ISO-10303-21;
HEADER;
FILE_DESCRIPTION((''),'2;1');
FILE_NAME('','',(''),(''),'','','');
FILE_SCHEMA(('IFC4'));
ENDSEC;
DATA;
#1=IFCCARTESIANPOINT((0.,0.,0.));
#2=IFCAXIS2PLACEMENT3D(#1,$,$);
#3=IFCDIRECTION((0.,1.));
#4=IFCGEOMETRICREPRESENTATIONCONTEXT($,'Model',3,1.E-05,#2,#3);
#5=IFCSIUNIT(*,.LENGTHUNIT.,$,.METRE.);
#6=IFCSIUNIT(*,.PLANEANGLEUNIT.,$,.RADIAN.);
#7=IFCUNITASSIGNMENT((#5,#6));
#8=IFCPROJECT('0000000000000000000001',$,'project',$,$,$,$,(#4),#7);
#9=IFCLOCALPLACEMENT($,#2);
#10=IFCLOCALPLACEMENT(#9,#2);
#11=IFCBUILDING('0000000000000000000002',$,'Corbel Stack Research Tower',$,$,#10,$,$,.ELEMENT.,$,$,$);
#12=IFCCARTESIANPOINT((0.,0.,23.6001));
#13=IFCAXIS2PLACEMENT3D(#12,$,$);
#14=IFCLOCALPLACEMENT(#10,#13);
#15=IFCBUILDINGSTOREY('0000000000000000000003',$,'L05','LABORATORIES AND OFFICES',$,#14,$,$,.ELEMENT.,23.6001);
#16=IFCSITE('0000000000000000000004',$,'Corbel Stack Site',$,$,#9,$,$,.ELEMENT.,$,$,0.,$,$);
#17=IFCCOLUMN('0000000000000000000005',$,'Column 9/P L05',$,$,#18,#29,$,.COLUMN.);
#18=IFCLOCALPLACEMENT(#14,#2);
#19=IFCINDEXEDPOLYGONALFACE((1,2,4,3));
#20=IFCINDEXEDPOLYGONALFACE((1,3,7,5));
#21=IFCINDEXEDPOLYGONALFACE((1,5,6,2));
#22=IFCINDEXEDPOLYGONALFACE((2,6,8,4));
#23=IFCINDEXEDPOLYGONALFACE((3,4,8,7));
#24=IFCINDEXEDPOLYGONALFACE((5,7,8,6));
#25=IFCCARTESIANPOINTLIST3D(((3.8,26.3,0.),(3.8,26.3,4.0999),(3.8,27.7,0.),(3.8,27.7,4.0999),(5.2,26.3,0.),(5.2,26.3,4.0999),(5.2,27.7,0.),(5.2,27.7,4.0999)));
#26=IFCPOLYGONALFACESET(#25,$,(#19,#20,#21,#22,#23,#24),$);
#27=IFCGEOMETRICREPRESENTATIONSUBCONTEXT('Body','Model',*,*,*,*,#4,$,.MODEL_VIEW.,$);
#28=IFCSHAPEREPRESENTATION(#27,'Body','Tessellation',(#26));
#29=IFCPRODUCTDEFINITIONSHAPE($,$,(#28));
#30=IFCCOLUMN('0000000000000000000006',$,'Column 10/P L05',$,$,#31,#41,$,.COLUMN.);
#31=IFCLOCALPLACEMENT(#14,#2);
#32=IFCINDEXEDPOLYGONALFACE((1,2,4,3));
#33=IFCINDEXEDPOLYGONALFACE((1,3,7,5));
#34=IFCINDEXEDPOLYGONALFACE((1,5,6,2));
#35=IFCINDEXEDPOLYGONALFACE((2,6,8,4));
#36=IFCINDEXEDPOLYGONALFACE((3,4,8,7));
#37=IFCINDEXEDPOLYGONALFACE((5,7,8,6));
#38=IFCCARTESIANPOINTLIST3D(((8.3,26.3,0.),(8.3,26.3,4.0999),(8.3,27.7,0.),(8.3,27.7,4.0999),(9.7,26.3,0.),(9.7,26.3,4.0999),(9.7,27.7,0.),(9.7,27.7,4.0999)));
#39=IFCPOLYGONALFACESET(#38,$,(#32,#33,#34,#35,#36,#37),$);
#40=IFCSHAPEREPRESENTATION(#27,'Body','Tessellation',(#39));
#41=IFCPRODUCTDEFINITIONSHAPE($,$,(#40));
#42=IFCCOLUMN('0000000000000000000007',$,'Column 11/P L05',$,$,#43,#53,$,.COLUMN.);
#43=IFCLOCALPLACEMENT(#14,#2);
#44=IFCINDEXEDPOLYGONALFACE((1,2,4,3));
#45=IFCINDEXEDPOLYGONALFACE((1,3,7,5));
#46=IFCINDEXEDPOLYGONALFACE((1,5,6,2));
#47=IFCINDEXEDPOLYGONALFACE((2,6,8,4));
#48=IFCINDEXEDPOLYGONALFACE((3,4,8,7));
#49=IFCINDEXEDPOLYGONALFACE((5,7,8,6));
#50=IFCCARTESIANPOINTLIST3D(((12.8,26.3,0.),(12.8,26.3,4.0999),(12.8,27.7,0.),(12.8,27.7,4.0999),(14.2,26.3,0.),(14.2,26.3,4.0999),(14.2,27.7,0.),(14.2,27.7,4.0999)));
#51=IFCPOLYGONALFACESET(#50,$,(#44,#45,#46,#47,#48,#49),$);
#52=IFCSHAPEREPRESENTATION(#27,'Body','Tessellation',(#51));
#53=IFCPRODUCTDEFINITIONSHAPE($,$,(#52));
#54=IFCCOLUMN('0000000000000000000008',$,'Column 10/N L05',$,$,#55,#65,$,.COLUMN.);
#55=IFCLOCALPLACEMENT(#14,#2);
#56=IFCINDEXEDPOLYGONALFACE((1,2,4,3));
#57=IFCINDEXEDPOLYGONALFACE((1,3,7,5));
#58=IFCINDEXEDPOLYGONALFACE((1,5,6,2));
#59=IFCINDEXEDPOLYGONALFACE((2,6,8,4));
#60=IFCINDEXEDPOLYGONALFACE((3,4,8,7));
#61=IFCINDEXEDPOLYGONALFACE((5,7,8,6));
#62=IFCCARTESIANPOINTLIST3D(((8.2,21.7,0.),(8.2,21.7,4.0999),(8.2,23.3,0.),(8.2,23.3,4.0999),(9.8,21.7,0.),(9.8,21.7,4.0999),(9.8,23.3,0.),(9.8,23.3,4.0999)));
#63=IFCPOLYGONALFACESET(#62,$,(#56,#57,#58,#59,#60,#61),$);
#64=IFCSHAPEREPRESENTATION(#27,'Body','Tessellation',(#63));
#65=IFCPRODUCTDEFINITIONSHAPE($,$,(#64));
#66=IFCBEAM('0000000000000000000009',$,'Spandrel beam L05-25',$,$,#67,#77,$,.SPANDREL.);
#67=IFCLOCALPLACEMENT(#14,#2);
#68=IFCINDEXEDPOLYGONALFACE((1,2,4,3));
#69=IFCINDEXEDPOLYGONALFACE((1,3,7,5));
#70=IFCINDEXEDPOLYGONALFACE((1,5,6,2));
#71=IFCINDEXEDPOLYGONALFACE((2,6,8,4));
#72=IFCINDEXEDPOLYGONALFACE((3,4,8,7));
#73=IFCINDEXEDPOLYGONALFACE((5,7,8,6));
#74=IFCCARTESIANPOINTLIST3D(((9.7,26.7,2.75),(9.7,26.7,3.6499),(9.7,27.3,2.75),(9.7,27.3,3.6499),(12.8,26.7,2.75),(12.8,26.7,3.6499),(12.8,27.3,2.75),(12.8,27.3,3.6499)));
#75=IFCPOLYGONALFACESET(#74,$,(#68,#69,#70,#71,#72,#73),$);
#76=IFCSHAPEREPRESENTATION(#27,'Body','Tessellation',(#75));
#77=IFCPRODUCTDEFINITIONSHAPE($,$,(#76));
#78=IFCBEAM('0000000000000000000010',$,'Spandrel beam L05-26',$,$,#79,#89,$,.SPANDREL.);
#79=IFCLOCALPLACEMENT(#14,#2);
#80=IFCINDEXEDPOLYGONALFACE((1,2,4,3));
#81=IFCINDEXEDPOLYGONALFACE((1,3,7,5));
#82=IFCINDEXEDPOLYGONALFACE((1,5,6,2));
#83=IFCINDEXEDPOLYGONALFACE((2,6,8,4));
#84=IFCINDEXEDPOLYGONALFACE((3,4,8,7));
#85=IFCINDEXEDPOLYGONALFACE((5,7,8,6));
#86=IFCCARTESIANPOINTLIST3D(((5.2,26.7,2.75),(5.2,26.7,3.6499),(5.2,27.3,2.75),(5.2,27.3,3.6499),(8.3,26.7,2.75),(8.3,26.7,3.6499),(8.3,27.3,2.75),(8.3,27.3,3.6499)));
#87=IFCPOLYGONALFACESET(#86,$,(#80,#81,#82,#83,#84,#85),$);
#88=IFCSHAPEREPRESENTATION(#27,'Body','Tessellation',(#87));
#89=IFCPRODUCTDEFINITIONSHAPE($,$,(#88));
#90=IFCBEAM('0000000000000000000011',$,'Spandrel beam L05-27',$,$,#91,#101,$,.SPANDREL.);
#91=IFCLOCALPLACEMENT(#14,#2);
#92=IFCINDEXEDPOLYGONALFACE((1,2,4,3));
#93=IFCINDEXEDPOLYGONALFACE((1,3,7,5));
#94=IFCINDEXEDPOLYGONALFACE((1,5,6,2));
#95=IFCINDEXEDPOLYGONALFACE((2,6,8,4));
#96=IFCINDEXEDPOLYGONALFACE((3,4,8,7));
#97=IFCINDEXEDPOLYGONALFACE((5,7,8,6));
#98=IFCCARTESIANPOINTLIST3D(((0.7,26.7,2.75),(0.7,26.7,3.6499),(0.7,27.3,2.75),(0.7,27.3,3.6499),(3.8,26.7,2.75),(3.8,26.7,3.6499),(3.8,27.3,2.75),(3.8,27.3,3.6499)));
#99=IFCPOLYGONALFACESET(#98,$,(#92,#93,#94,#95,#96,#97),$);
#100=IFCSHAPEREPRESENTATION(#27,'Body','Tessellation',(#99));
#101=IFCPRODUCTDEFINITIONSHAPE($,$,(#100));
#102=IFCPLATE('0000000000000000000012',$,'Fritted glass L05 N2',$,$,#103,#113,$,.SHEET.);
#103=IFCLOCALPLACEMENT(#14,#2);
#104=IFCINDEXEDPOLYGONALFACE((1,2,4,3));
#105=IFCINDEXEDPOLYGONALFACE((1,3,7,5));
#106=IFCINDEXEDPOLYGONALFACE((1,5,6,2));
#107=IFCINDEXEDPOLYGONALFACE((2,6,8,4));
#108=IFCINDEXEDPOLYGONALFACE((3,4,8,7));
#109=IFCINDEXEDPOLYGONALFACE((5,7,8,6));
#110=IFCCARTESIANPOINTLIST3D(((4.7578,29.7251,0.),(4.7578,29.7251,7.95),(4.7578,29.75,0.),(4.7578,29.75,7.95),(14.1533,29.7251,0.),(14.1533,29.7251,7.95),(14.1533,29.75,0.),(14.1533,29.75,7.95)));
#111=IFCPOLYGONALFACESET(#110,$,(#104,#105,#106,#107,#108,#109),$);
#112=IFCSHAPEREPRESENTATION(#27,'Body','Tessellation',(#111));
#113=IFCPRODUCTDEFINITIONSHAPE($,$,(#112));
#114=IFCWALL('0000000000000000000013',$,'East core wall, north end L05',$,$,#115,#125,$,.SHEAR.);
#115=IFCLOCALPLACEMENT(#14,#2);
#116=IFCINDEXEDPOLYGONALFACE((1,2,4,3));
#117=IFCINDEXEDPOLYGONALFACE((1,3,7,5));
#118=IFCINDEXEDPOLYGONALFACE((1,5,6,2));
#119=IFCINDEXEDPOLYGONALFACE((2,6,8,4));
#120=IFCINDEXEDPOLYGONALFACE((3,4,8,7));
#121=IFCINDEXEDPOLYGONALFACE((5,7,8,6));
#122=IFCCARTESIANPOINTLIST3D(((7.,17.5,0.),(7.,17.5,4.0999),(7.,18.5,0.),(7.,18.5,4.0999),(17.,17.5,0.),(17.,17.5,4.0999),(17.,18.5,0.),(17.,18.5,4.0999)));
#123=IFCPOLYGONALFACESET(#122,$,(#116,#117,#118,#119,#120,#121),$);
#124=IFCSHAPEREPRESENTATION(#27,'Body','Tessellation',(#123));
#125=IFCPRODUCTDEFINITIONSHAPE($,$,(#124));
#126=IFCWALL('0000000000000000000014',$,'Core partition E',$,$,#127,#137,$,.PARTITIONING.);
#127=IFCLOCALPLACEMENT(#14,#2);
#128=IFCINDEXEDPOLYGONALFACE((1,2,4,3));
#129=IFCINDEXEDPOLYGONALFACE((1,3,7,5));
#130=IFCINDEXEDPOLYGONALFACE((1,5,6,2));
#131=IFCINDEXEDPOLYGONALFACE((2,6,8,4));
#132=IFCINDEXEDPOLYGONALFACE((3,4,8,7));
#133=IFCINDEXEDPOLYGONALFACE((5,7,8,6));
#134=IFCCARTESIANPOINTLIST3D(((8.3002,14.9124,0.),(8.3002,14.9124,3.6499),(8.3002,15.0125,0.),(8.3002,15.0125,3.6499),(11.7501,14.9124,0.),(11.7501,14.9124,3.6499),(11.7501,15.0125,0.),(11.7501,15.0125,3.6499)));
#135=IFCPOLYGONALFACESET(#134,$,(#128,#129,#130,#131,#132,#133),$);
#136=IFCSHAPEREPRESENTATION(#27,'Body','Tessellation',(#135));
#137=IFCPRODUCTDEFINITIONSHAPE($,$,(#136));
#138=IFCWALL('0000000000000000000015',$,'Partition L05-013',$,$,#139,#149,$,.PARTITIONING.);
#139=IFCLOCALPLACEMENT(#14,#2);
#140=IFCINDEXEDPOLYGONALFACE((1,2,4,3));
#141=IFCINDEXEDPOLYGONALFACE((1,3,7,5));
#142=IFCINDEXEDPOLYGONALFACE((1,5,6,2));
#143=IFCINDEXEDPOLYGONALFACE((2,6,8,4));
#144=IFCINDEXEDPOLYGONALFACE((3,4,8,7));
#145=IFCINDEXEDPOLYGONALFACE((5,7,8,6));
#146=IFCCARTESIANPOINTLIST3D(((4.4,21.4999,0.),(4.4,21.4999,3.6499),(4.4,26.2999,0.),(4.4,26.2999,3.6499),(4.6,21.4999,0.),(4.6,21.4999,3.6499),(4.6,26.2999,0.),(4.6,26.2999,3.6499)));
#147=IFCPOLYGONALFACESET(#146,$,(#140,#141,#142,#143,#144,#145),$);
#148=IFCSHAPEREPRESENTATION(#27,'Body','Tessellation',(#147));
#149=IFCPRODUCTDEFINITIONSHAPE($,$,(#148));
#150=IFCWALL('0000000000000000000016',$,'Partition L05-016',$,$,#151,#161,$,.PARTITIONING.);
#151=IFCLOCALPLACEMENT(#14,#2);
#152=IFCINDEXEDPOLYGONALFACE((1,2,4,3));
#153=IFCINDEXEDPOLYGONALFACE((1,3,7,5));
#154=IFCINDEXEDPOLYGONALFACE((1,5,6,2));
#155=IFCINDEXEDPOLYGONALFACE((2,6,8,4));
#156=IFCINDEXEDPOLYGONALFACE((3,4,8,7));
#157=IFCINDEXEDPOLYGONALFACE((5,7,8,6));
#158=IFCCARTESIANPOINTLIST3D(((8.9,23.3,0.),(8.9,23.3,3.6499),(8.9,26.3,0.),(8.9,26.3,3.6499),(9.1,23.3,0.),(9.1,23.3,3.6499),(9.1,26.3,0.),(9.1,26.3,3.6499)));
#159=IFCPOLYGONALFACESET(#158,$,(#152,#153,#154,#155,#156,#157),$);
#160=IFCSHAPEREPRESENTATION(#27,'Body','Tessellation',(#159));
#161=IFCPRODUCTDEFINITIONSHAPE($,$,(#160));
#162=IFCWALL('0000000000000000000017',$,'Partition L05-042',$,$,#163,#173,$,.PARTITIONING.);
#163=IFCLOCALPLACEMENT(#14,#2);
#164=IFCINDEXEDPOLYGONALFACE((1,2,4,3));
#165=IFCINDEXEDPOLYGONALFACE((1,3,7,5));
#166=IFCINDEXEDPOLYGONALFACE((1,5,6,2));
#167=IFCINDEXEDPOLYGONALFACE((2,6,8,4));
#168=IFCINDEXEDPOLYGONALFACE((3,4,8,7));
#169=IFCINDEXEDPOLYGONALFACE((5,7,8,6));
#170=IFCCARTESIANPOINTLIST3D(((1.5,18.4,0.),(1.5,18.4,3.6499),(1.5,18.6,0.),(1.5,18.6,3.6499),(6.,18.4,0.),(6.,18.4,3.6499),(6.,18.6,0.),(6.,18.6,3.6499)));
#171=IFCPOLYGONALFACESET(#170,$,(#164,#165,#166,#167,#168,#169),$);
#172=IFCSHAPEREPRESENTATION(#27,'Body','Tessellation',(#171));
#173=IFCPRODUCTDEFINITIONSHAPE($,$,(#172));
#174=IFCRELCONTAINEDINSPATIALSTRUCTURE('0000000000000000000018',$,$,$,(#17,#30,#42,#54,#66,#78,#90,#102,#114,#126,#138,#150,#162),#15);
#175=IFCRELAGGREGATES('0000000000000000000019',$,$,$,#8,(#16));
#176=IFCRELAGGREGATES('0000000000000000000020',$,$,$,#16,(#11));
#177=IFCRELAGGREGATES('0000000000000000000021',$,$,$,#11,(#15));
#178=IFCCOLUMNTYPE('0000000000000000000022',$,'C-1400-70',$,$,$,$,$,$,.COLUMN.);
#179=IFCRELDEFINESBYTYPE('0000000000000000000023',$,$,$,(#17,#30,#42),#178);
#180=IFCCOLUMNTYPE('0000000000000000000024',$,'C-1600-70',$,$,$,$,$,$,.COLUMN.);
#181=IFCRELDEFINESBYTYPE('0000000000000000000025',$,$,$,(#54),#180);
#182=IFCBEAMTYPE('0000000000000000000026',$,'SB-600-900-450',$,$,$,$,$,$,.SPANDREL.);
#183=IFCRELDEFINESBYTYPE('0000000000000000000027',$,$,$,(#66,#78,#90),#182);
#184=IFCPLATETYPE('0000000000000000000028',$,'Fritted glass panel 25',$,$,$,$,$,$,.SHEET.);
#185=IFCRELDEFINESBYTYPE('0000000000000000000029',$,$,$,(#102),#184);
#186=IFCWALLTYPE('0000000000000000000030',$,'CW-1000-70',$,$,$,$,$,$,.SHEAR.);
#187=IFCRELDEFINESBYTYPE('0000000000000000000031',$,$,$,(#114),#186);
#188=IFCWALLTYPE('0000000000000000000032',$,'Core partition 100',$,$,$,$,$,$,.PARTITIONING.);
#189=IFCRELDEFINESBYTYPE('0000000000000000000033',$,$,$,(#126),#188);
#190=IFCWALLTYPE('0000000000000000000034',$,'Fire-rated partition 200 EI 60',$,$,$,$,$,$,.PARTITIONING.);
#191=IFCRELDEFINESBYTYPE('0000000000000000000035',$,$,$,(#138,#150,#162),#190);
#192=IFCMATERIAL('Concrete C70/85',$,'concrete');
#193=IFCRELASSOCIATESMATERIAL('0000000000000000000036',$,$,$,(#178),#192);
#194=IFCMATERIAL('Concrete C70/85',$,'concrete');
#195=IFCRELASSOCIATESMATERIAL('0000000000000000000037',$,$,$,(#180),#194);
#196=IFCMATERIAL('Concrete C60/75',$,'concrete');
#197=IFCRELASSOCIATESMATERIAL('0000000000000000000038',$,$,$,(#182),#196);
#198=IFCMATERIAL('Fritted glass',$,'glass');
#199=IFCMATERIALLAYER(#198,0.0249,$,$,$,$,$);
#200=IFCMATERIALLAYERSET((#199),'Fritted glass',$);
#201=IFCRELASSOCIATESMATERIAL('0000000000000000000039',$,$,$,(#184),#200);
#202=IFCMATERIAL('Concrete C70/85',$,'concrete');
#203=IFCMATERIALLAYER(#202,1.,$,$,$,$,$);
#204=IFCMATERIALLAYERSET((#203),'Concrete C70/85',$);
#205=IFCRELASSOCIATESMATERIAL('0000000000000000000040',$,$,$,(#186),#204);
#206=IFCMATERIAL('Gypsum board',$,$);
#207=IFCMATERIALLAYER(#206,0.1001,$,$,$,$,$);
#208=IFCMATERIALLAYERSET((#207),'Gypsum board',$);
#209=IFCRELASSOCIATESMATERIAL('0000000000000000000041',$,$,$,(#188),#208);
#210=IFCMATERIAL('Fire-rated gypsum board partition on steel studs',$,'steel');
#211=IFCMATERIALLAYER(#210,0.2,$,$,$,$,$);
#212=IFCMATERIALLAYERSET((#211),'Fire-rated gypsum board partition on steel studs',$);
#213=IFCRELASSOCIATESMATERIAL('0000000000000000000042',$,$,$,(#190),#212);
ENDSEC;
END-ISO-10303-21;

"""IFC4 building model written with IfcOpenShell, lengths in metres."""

from ifc_helpers import new_model, si_unit, direction, frame, frame_2d, origin, origin_2d, place, context, subcontext, project, spatial, rectangle, extrude, material, layer, layer_set, material_profile, profile_set, type_object, element, save


model = new_model("IFC4")

# Units and contexts
model_context = context("Model", 3, precision=1e-05, world=origin(), true_north=direction((0.0, 1.0)))
body_context = subcontext(model_context, "Body", "Model", "MODEL_VIEW")
ifc_project = project(units=[si_unit("LENGTHUNIT", "METRE"), si_unit("PLANEANGLEUNIT", "RADIAN")], contexts=[model_context])

# Site, building, storey
site_placement = place(None, origin())
site = spatial("IfcSite", under=ifc_project, at=site_placement, Name="Corbel Stack Site", CompositionType="ELEMENT", RefElevation=0.0)
building_placement = place(site_placement, origin())
building = spatial("IfcBuilding", under=site, at=building_placement, Name="Corbel Stack Research Tower", CompositionType="ELEMENT")
storey_placement = place(building_placement, frame((0.0, 0.0, 23.6001)))
storey = spatial("IfcBuildingStorey", under=building, at=storey_placement, Name="L05", Description="LABORATORIES AND OFFICES", CompositionType="ELEMENT", Elevation=23.6001)

# Columns
ifc_material_1 = material(Name="Concrete C70/85", Category="concrete")
ifc_material_profile_1 = material_profile(ifc_material_1, rectangle(XDim=1.3999, YDim=1.3999, at=origin_2d()), Name="RC 1400 x 1400")
ifc_profile_set_1 = profile_set([ifc_material_profile_1], Name="Concrete C70/85")
column_type_1 = type_object("IfcColumnType", Name="C-1400-70", PredefinedType="COLUMN", material=ifc_profile_set_1)
for number, where, z_axis, x_axis, name in (
    (1, (4.5, 27.0, 0.0), (0.0, 0.0, 1.0), (1.0, 0.0, 0.0), "Column 9/P L05"),
    (2, (9.0, 27.0, 0.0), (0.0, 0.0, 1.0), (1.0, 0.0, 0.0), "Column 10/P L05"),
    (3, (13.5, 27.0, 0.0), (0.0, 0.0, 1.0), (1.0, 0.0, 0.0), "Column 11/P L05"),
):
    element("IfcColumn", number, at=place(storey_placement, frame(where, z_axis=z_axis, x_axis=x_axis)), inside=storey, type_object=column_type_1, Name=name, PredefinedType="COLUMN", context=body_context, shape_type="SweptSolid", body=[
        extrude(rectangle(XDim=1.3999, YDim=1.3999, at=origin_2d()), origin(), (0.0, 0.0, 1.0), 4.0999),
    ])
ifc_material_2 = material(Name="Concrete C70/85", Category="concrete")
ifc_material_profile_2 = material_profile(ifc_material_2, rectangle(XDim=1.6001, YDim=1.6001, at=origin_2d()), Name="RC 1600 x 1600")
ifc_profile_set_2 = profile_set([ifc_material_profile_2], Name="Concrete C70/85")
column_type_2 = type_object("IfcColumnType", Name="C-1600-70", PredefinedType="COLUMN", material=ifc_profile_set_2)
column_placement = place(storey_placement, frame((9.0, 22.5, 0.0), z_axis=(0.0, 0.0, 1.0), x_axis=(1.0, 0.0, 0.0)))
element("IfcColumn", 4, at=column_placement, inside=storey, type_object=column_type_2, Name="Column 10/N L05", PredefinedType="COLUMN", context=body_context, shape_type="SweptSolid", body=[
    extrude(rectangle(XDim=1.6001, YDim=1.6001, at=origin_2d()), origin(), (0.0, 0.0, 1.0), 4.0999),
])

# Beams
ifc_material_3 = material(Name="Concrete C60/75", Category="concrete")
ifc_material_profile_3 = material_profile(ifc_material_3, rectangle(XDim=0.6001, YDim=0.8999, at=origin_2d()), Name="RC 600 x 900")
ifc_profile_set_3 = profile_set([ifc_material_profile_3], Name="Concrete C60/75")
beam_type = type_object("IfcBeamType", Name="SB-600-900-450", PredefinedType="SPANDREL", material=ifc_profile_set_3)
for number, where, z_axis, x_axis, name in (
    (5, (12.8, 27.0, 3.2), (-1.0, 0.0, 0.0), (0.0, -1.0, 0.0), "Spandrel beam L05-25"),
    (6, (8.3, 27.0, 3.2), (-1.0, 0.0, 0.0), (0.0, -1.0, 0.0), "Spandrel beam L05-26"),
    (7, (3.8, 27.0, 3.2), (-1.0, 0.0, 0.0), (0.0, -1.0, 0.0), "Spandrel beam L05-27"),
):
    element("IfcBeam", number, at=place(storey_placement, frame(where, z_axis=z_axis, x_axis=x_axis)), inside=storey, type_object=beam_type, Name=name, PredefinedType="SPANDREL", context=body_context, shape_type="SweptSolid", body=[
        extrude(rectangle(XDim=0.6001, YDim=0.8999, at=origin_2d()), origin(), (0.0, 0.0, 1.0), 3.1001),
    ])

# Plate
ifc_material_4 = material(Name="Fritted glass", Category="glass")
ifc_layer_1 = layer(ifc_material_4, 0.0249)
ifc_layer_set_1 = layer_set([ifc_layer_1], Name="Fritted glass")
plate_type = type_object("IfcPlateType", Name="Fritted glass panel 25", PredefinedType="SHEET", material=ifc_layer_set_1)
plate_placement = place(storey_placement, frame((9.4556, 29.7375, 0.0), z_axis=(0.0, 0.0, 1.0), x_axis=(-1.0, 0.0, 0.0)))
element("IfcPlate", 8, at=plate_placement, inside=storey, type_object=plate_type, Name="Fritted glass L05 N2", PredefinedType="SHEET", context=body_context, shape_type="SweptSolid", body=[
    extrude(rectangle(XDim=9.3955, YDim=0.0249, at=origin_2d()), origin(), (0.0, 0.0, 1.0), 7.95),
])

# Walls
ifc_material_5 = material(Name="Concrete C70/85", Category="concrete")
ifc_layer_2 = layer(ifc_material_5, 1.0)
ifc_layer_set_2 = layer_set([ifc_layer_2], Name="Concrete C70/85")
wall_type_1 = type_object("IfcWallType", Name="CW-1000-70", PredefinedType="SHEAR", material=ifc_layer_set_2)
wall_1_placement = place(storey_placement, frame((7.0, 18.0, 0.0), z_axis=(0.0, 0.0, 1.0), x_axis=(1.0, 0.0, 0.0)))
element("IfcWall", 9, at=wall_1_placement, inside=storey, type_object=wall_type_1, Name="East core wall, north end L05", PredefinedType="SHEAR", context=body_context, shape_type="SweptSolid", body=[
    extrude(rectangle(XDim=10.0, YDim=1.0, at=frame_2d((5.0, 0.0))), origin(), (0.0, 0.0, 1.0), 4.0999),
])
ifc_material_6 = material(Name="Gypsum board")
ifc_layer_3 = layer(ifc_material_6, 0.1001)
ifc_layer_set_3 = layer_set([ifc_layer_3], Name="Gypsum board")
wall_type_2 = type_object("IfcWallType", Name="Core partition 100", PredefinedType="PARTITIONING", material=ifc_layer_set_3)
wall_2_placement = place(storey_placement, frame((8.3, 14.9624, 0.0), z_axis=(0.0, 0.0, 1.0), x_axis=(1.0, 0.0, 0.0)))
element("IfcWall", 10, at=wall_2_placement, inside=storey, type_object=wall_type_2, Name="Core partition E", PredefinedType="PARTITIONING", context=body_context, shape_type="SweptSolid", body=[
    extrude(rectangle(XDim=3.45, YDim=0.1001, at=frame_2d((1.7251, 0.0))), origin(), (0.0, 0.0, 1.0), 3.6499),
])
ifc_material_7 = material(Name="Fire-rated gypsum board partition on steel studs", Category="steel")
ifc_layer_4 = layer(ifc_material_7, 0.2)
ifc_layer_set_4 = layer_set([ifc_layer_4], Name="Fire-rated gypsum board partition on steel studs")
wall_type_3 = type_object("IfcWallType", Name="Fire-rated partition 200 EI 60", PredefinedType="PARTITIONING", material=ifc_layer_set_4)
wall_3_placement = place(storey_placement, frame((4.5, 21.5, 0.0), z_axis=(0.0, 0.0, 1.0), x_axis=(0.0, 1.0, 0.0)))
element("IfcWall", 11, at=wall_3_placement, inside=storey, type_object=wall_type_3, Name="Partition L05-013", PredefinedType="PARTITIONING", context=body_context, shape_type="SweptSolid", body=[
    extrude(rectangle(XDim=4.8, YDim=0.2, at=frame_2d((2.3999, 0.0))), origin(), (0.0, 0.0, 1.0), 3.6499),
])
wall_4_placement = place(storey_placement, frame((9.0, 23.3, 0.0), z_axis=(0.0, 0.0, 1.0), x_axis=(0.0, 1.0, 0.0)))
element("IfcWall", 12, at=wall_4_placement, inside=storey, type_object=wall_type_3, Name="Partition L05-016", PredefinedType="PARTITIONING", context=body_context, shape_type="SweptSolid", body=[
    extrude(rectangle(XDim=3.0, YDim=0.2, at=frame_2d((1.5, 0.0))), origin(), (0.0, 0.0, 1.0), 3.6499),
])
wall_5_placement = place(storey_placement, frame((1.5, 18.5, 0.0), z_axis=(0.0, 0.0, 1.0), x_axis=(1.0, 0.0, 0.0)))
element("IfcWall", 13, at=wall_5_placement, inside=storey, type_object=wall_type_3, Name="Partition L05-042", PredefinedType="PARTITIONING", context=body_context, shape_type="SweptSolid", body=[
    extrude(rectangle(XDim=4.5, YDim=0.2, at=frame_2d((2.25, 0.0))), origin(), (0.0, 0.0, 1.0), 3.6499),
])

save(model, "model.ifc")
